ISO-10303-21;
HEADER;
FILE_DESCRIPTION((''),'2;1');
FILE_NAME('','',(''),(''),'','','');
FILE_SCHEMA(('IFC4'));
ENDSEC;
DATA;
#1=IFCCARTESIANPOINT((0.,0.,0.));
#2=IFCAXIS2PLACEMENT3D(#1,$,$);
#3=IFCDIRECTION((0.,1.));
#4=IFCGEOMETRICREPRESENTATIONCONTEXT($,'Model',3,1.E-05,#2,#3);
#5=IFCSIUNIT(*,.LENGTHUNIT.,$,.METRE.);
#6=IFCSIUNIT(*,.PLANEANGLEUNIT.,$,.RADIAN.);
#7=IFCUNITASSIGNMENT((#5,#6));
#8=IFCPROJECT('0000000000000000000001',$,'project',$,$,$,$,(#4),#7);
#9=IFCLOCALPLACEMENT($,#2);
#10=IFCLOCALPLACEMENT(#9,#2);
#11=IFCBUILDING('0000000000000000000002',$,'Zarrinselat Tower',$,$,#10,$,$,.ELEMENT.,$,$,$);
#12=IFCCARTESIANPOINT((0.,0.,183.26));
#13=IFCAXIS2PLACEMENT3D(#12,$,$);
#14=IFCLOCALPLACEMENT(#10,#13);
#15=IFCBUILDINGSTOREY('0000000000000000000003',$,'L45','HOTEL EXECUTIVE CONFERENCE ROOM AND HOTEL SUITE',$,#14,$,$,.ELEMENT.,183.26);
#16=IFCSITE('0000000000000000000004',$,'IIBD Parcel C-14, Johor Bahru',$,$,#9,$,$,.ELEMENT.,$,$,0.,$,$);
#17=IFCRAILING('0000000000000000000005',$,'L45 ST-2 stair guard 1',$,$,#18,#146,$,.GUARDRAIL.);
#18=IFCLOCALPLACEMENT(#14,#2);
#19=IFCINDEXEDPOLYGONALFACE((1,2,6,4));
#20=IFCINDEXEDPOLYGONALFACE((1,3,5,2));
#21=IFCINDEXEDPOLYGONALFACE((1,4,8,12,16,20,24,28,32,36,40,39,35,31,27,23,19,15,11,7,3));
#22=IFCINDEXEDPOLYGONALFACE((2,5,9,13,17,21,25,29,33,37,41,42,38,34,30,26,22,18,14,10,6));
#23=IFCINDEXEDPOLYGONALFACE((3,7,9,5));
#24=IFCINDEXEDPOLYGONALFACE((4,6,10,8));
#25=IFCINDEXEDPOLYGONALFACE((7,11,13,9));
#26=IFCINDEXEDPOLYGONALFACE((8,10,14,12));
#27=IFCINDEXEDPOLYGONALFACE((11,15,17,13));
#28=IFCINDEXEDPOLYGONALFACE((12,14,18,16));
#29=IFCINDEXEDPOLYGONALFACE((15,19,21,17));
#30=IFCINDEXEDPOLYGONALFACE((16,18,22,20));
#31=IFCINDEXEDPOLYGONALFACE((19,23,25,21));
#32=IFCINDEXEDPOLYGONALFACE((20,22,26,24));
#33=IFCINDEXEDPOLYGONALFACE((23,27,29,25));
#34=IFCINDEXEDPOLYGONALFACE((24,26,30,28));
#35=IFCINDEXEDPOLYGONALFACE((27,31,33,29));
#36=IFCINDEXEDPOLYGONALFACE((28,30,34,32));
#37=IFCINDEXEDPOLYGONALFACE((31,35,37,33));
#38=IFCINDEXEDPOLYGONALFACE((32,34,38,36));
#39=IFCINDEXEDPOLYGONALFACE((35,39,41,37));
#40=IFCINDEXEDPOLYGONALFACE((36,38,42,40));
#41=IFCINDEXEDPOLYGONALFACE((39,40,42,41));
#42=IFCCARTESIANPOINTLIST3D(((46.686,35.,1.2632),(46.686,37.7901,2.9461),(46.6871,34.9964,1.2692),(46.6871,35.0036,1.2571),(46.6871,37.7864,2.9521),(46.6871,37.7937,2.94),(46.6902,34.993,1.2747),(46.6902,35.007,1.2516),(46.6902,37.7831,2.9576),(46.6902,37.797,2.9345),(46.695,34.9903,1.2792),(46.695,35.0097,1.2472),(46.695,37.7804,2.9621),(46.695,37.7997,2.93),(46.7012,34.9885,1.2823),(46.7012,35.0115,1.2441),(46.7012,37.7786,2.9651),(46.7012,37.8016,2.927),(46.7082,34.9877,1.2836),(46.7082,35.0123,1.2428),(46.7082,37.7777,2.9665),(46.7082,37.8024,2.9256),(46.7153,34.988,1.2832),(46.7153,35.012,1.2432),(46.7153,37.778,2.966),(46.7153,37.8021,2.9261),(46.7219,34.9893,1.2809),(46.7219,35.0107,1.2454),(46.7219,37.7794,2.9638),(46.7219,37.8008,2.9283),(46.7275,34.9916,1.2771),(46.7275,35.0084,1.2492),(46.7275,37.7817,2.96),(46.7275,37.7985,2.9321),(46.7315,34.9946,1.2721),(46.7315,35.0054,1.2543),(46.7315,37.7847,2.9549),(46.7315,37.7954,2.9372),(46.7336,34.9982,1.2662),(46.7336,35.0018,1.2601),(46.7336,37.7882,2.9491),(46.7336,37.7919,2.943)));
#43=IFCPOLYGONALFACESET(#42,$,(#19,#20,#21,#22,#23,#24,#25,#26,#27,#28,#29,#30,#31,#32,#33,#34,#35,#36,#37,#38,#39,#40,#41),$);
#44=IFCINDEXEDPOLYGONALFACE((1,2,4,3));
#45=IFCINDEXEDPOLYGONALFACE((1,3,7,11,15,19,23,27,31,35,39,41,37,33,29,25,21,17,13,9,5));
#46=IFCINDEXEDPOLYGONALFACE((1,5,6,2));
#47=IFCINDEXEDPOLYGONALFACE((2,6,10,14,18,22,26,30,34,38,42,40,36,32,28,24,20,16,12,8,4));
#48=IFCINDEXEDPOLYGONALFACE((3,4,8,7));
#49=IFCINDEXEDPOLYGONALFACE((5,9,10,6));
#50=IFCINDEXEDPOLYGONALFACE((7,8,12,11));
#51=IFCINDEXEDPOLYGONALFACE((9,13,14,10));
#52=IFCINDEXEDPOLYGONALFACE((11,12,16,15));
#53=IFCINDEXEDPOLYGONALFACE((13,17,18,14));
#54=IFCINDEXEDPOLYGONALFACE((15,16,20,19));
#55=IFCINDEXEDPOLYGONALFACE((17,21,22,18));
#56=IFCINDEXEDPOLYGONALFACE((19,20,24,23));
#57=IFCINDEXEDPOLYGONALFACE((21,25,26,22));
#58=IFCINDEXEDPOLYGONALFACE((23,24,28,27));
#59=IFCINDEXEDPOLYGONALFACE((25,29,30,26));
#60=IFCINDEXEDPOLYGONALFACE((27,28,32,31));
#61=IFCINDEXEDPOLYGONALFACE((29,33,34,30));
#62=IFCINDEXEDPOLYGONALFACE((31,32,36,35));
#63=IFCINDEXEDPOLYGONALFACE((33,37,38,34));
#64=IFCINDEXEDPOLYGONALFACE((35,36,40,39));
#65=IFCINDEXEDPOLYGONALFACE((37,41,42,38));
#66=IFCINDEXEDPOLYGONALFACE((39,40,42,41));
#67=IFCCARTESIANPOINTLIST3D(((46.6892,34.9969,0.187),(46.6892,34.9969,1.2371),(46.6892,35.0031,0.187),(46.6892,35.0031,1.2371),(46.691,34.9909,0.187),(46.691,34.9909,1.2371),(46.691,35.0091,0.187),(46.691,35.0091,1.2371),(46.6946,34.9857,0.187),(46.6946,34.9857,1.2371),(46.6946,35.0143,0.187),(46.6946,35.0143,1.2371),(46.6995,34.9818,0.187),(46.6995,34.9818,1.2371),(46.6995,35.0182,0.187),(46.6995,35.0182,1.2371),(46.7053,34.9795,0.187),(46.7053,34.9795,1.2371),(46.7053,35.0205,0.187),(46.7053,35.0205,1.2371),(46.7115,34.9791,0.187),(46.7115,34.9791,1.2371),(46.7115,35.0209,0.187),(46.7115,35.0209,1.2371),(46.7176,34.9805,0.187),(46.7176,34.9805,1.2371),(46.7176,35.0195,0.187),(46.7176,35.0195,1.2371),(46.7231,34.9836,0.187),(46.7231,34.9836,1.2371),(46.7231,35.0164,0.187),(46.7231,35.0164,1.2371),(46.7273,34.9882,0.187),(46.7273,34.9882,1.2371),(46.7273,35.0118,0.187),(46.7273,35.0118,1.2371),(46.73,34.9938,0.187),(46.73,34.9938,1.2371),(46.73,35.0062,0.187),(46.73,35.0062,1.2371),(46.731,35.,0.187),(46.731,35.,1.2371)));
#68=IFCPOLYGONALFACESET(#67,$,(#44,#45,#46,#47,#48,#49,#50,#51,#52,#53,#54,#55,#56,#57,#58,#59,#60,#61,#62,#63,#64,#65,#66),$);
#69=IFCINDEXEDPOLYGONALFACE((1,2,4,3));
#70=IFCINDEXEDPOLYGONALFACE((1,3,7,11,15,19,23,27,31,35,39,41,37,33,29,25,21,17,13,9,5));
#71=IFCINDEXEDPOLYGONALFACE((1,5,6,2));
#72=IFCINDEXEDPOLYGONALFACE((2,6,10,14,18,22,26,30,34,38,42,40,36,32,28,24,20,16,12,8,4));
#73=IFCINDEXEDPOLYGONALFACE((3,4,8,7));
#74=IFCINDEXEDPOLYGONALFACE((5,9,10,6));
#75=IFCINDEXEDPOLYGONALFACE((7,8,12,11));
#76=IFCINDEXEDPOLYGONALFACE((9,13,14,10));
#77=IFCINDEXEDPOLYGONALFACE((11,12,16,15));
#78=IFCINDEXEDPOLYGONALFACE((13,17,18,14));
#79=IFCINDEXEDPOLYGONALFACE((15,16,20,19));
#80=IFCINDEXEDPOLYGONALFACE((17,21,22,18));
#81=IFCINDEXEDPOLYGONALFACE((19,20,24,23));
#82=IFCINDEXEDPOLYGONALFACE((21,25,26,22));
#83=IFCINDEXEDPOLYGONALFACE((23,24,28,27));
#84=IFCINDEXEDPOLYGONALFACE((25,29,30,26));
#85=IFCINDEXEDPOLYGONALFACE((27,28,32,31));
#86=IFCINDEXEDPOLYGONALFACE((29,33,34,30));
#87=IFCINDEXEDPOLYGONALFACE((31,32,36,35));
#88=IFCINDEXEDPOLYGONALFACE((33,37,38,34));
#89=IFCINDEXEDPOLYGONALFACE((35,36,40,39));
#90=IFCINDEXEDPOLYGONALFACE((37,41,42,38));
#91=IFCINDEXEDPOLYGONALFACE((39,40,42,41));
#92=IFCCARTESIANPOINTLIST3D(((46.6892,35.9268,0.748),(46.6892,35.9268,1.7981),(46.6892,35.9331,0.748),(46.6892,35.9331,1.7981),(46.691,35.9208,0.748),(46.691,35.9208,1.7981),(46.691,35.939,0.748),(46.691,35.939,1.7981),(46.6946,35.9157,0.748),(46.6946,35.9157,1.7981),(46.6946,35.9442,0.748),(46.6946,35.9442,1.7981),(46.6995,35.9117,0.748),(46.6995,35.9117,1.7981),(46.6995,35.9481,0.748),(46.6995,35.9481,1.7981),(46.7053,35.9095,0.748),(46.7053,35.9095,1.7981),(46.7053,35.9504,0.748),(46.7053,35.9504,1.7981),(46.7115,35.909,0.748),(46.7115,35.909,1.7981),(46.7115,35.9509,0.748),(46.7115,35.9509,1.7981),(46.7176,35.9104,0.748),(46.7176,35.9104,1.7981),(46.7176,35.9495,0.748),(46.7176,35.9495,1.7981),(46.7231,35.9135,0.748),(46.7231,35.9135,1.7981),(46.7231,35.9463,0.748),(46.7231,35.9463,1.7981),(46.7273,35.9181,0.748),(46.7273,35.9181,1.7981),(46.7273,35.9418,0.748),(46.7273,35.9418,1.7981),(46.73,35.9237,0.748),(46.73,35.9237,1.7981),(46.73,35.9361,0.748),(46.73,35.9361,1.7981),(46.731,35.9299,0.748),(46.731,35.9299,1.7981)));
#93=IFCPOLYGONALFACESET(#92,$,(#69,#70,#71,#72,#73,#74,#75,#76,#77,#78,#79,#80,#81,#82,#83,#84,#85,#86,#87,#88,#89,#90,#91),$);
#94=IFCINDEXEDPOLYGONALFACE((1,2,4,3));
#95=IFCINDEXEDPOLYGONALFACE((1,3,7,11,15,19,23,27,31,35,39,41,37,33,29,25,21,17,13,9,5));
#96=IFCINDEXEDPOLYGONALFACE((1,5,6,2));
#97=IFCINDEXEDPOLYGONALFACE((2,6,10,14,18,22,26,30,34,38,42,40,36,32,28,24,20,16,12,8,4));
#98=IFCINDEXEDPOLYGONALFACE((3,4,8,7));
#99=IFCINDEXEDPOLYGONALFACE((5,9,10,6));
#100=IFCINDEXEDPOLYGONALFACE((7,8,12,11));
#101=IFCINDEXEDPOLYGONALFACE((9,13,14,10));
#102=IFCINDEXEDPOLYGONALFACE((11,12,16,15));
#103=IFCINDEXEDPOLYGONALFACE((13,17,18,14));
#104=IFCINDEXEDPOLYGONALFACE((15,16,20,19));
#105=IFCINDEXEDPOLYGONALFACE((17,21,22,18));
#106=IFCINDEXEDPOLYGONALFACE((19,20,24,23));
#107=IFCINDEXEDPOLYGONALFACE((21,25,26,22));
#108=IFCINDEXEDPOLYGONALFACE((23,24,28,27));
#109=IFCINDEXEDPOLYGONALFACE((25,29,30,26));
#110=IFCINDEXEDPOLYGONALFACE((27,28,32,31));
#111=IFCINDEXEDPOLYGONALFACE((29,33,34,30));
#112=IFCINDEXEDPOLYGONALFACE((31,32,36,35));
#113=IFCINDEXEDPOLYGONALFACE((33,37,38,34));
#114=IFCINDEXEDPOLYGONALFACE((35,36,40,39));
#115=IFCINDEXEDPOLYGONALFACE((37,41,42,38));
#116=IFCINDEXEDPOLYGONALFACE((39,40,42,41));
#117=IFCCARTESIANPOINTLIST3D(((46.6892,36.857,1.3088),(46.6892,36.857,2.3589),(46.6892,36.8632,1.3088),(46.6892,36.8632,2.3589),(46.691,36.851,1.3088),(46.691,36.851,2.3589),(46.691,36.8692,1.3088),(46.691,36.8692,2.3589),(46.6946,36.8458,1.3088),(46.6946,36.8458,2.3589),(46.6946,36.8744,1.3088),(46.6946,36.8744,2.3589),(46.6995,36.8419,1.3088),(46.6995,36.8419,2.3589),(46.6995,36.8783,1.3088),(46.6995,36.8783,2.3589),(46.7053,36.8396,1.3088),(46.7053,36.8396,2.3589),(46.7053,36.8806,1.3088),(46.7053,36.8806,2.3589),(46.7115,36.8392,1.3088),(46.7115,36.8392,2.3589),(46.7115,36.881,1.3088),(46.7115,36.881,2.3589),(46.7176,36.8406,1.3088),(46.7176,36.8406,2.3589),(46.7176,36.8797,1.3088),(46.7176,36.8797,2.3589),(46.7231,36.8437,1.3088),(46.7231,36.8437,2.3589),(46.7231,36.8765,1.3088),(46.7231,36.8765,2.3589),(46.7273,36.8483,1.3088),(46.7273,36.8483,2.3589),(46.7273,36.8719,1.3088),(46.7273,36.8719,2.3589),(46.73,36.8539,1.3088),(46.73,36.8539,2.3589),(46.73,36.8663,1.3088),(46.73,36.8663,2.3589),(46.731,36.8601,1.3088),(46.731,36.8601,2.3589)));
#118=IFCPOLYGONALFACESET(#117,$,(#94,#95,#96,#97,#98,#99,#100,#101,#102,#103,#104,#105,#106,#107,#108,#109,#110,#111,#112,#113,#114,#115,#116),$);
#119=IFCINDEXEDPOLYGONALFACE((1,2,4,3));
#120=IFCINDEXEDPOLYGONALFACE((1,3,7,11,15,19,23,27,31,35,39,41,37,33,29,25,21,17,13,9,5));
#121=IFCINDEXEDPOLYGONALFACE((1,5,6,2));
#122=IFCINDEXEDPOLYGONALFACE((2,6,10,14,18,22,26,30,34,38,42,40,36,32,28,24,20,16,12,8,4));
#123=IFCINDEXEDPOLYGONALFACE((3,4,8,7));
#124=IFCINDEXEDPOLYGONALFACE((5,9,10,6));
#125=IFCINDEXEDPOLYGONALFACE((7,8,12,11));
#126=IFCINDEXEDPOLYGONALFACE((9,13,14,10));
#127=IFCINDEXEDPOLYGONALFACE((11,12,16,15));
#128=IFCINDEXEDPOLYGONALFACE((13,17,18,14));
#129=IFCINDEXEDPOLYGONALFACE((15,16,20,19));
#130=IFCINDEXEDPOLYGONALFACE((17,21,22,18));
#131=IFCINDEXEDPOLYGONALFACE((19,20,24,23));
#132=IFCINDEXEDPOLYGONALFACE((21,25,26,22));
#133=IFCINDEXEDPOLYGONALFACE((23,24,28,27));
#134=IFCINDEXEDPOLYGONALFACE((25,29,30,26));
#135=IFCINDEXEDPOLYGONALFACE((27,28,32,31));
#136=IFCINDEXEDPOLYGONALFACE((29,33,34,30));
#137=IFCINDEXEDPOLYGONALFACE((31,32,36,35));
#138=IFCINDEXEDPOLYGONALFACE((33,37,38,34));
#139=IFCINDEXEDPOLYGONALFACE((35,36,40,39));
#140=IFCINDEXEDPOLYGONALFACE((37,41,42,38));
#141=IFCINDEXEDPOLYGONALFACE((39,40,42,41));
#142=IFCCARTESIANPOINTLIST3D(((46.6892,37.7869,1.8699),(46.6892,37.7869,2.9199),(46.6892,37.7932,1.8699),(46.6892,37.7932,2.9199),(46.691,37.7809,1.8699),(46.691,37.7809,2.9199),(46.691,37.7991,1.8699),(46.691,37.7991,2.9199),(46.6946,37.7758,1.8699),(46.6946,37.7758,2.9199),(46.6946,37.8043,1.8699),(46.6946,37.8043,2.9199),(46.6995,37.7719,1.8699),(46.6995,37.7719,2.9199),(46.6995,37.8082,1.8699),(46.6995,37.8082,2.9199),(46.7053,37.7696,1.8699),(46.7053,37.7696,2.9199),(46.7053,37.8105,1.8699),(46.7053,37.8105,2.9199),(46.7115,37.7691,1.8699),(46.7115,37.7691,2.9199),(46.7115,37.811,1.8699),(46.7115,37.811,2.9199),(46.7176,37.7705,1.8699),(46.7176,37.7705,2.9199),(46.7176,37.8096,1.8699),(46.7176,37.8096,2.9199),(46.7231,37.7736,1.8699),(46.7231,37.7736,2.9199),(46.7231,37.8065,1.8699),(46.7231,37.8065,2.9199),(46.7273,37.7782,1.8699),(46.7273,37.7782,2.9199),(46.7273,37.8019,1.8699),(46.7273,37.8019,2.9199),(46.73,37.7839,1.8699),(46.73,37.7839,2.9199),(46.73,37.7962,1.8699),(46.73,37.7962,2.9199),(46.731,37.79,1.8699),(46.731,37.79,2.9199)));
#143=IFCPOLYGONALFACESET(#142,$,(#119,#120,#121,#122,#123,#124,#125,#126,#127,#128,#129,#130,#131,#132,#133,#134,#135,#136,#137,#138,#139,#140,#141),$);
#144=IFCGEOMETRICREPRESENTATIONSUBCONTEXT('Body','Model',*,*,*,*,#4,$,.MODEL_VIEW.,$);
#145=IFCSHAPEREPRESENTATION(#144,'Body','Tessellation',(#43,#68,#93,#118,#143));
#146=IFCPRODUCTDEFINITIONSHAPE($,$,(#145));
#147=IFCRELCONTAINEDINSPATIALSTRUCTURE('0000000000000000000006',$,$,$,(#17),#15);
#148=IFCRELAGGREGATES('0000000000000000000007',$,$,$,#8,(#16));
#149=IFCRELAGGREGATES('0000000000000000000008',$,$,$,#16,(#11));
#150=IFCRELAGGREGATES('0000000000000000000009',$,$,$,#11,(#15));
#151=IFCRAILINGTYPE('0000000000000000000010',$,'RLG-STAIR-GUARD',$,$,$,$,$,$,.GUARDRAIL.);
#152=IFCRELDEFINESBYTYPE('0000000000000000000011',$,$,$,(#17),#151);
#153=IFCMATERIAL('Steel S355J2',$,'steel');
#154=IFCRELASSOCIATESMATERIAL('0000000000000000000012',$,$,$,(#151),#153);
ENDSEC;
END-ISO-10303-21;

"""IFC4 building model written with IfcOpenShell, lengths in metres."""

from ifc_helpers import new_model, si_unit, direction, frame, origin, origin_2d, place, context, subcontext, project, spatial, circle, extrude, material, type_object, element, save


model = new_model("IFC4")

# Units and contexts
model_context = context("Model", 3, precision=1e-05, world=origin(), true_north=direction((0.0, 1.0)))
body_context = subcontext(model_context, "Body", "Model", "MODEL_VIEW")
ifc_project = project(units=[si_unit("LENGTHUNIT", "METRE"), si_unit("PLANEANGLEUNIT", "RADIAN")], contexts=[model_context])

# Site, building, storey
site_placement = place(None, origin())
site = spatial("IfcSite", under=ifc_project, at=site_placement, Name="IIBD Parcel C-14, Johor Bahru", CompositionType="ELEMENT", RefElevation=0.0)
building_placement = place(site_placement, origin())
building = spatial("IfcBuilding", under=site, at=building_placement, Name="Zarrinselat Tower", CompositionType="ELEMENT")
storey_placement = place(building_placement, frame((0.0, 0.0, 183.26)))
storey = spatial("IfcBuildingStorey", under=building, at=storey_placement, Name="L45", Description="HOTEL EXECUTIVE CONFERENCE ROOM AND HOTEL SUITE", CompositionType="ELEMENT", Elevation=183.26)

# Railing
ifc_material_1 = material(Name="Steel S355J2", Category="steel")
railing_type_1 = type_object("IfcRailingType", Name="RLG-STAIR-GUARD", PredefinedType="GUARDRAIL", material=ifc_material_1)
railing_1_placement = place(storey_placement, frame((46.71, 35.0, 0.187)))
element("IfcRailing", 1, at=railing_1_placement, inside=storey, type_object=railing_type_1, Name="L45 ST-2 stair guard 1", PredefinedType="GUARDRAIL", context=body_context, shape_type="SweptSolid", body=[
    extrude(circle(Radius=0.0239, at=origin_2d()), frame((0.0, 0.0, 1.0762), z_axis=(0.0, 0.856294, 0.516489), x_axis=(-1.0, 0.0, 0.0)), (0.0, 0.0, 1.0), 3.2583),
    extrude(circle(Radius=0.021, at=origin_2d()), origin(), (0.0, 0.0, 1.0), 1.05),
    extrude(circle(Radius=0.021, at=origin_2d()), frame((0.0, 0.9299, 0.561)), (0.0, 0.0, 1.0), 1.05),
    extrude(circle(Radius=0.021, at=origin_2d()), frame((0.0, 1.8601, 1.1218)), (0.0, 0.0, 1.0), 1.05),
    extrude(circle(Radius=0.021, at=origin_2d()), frame((0.0, 2.79, 1.6829)), (0.0, 0.0, 1.0), 1.05),
])

save(model, "model.ifc")
